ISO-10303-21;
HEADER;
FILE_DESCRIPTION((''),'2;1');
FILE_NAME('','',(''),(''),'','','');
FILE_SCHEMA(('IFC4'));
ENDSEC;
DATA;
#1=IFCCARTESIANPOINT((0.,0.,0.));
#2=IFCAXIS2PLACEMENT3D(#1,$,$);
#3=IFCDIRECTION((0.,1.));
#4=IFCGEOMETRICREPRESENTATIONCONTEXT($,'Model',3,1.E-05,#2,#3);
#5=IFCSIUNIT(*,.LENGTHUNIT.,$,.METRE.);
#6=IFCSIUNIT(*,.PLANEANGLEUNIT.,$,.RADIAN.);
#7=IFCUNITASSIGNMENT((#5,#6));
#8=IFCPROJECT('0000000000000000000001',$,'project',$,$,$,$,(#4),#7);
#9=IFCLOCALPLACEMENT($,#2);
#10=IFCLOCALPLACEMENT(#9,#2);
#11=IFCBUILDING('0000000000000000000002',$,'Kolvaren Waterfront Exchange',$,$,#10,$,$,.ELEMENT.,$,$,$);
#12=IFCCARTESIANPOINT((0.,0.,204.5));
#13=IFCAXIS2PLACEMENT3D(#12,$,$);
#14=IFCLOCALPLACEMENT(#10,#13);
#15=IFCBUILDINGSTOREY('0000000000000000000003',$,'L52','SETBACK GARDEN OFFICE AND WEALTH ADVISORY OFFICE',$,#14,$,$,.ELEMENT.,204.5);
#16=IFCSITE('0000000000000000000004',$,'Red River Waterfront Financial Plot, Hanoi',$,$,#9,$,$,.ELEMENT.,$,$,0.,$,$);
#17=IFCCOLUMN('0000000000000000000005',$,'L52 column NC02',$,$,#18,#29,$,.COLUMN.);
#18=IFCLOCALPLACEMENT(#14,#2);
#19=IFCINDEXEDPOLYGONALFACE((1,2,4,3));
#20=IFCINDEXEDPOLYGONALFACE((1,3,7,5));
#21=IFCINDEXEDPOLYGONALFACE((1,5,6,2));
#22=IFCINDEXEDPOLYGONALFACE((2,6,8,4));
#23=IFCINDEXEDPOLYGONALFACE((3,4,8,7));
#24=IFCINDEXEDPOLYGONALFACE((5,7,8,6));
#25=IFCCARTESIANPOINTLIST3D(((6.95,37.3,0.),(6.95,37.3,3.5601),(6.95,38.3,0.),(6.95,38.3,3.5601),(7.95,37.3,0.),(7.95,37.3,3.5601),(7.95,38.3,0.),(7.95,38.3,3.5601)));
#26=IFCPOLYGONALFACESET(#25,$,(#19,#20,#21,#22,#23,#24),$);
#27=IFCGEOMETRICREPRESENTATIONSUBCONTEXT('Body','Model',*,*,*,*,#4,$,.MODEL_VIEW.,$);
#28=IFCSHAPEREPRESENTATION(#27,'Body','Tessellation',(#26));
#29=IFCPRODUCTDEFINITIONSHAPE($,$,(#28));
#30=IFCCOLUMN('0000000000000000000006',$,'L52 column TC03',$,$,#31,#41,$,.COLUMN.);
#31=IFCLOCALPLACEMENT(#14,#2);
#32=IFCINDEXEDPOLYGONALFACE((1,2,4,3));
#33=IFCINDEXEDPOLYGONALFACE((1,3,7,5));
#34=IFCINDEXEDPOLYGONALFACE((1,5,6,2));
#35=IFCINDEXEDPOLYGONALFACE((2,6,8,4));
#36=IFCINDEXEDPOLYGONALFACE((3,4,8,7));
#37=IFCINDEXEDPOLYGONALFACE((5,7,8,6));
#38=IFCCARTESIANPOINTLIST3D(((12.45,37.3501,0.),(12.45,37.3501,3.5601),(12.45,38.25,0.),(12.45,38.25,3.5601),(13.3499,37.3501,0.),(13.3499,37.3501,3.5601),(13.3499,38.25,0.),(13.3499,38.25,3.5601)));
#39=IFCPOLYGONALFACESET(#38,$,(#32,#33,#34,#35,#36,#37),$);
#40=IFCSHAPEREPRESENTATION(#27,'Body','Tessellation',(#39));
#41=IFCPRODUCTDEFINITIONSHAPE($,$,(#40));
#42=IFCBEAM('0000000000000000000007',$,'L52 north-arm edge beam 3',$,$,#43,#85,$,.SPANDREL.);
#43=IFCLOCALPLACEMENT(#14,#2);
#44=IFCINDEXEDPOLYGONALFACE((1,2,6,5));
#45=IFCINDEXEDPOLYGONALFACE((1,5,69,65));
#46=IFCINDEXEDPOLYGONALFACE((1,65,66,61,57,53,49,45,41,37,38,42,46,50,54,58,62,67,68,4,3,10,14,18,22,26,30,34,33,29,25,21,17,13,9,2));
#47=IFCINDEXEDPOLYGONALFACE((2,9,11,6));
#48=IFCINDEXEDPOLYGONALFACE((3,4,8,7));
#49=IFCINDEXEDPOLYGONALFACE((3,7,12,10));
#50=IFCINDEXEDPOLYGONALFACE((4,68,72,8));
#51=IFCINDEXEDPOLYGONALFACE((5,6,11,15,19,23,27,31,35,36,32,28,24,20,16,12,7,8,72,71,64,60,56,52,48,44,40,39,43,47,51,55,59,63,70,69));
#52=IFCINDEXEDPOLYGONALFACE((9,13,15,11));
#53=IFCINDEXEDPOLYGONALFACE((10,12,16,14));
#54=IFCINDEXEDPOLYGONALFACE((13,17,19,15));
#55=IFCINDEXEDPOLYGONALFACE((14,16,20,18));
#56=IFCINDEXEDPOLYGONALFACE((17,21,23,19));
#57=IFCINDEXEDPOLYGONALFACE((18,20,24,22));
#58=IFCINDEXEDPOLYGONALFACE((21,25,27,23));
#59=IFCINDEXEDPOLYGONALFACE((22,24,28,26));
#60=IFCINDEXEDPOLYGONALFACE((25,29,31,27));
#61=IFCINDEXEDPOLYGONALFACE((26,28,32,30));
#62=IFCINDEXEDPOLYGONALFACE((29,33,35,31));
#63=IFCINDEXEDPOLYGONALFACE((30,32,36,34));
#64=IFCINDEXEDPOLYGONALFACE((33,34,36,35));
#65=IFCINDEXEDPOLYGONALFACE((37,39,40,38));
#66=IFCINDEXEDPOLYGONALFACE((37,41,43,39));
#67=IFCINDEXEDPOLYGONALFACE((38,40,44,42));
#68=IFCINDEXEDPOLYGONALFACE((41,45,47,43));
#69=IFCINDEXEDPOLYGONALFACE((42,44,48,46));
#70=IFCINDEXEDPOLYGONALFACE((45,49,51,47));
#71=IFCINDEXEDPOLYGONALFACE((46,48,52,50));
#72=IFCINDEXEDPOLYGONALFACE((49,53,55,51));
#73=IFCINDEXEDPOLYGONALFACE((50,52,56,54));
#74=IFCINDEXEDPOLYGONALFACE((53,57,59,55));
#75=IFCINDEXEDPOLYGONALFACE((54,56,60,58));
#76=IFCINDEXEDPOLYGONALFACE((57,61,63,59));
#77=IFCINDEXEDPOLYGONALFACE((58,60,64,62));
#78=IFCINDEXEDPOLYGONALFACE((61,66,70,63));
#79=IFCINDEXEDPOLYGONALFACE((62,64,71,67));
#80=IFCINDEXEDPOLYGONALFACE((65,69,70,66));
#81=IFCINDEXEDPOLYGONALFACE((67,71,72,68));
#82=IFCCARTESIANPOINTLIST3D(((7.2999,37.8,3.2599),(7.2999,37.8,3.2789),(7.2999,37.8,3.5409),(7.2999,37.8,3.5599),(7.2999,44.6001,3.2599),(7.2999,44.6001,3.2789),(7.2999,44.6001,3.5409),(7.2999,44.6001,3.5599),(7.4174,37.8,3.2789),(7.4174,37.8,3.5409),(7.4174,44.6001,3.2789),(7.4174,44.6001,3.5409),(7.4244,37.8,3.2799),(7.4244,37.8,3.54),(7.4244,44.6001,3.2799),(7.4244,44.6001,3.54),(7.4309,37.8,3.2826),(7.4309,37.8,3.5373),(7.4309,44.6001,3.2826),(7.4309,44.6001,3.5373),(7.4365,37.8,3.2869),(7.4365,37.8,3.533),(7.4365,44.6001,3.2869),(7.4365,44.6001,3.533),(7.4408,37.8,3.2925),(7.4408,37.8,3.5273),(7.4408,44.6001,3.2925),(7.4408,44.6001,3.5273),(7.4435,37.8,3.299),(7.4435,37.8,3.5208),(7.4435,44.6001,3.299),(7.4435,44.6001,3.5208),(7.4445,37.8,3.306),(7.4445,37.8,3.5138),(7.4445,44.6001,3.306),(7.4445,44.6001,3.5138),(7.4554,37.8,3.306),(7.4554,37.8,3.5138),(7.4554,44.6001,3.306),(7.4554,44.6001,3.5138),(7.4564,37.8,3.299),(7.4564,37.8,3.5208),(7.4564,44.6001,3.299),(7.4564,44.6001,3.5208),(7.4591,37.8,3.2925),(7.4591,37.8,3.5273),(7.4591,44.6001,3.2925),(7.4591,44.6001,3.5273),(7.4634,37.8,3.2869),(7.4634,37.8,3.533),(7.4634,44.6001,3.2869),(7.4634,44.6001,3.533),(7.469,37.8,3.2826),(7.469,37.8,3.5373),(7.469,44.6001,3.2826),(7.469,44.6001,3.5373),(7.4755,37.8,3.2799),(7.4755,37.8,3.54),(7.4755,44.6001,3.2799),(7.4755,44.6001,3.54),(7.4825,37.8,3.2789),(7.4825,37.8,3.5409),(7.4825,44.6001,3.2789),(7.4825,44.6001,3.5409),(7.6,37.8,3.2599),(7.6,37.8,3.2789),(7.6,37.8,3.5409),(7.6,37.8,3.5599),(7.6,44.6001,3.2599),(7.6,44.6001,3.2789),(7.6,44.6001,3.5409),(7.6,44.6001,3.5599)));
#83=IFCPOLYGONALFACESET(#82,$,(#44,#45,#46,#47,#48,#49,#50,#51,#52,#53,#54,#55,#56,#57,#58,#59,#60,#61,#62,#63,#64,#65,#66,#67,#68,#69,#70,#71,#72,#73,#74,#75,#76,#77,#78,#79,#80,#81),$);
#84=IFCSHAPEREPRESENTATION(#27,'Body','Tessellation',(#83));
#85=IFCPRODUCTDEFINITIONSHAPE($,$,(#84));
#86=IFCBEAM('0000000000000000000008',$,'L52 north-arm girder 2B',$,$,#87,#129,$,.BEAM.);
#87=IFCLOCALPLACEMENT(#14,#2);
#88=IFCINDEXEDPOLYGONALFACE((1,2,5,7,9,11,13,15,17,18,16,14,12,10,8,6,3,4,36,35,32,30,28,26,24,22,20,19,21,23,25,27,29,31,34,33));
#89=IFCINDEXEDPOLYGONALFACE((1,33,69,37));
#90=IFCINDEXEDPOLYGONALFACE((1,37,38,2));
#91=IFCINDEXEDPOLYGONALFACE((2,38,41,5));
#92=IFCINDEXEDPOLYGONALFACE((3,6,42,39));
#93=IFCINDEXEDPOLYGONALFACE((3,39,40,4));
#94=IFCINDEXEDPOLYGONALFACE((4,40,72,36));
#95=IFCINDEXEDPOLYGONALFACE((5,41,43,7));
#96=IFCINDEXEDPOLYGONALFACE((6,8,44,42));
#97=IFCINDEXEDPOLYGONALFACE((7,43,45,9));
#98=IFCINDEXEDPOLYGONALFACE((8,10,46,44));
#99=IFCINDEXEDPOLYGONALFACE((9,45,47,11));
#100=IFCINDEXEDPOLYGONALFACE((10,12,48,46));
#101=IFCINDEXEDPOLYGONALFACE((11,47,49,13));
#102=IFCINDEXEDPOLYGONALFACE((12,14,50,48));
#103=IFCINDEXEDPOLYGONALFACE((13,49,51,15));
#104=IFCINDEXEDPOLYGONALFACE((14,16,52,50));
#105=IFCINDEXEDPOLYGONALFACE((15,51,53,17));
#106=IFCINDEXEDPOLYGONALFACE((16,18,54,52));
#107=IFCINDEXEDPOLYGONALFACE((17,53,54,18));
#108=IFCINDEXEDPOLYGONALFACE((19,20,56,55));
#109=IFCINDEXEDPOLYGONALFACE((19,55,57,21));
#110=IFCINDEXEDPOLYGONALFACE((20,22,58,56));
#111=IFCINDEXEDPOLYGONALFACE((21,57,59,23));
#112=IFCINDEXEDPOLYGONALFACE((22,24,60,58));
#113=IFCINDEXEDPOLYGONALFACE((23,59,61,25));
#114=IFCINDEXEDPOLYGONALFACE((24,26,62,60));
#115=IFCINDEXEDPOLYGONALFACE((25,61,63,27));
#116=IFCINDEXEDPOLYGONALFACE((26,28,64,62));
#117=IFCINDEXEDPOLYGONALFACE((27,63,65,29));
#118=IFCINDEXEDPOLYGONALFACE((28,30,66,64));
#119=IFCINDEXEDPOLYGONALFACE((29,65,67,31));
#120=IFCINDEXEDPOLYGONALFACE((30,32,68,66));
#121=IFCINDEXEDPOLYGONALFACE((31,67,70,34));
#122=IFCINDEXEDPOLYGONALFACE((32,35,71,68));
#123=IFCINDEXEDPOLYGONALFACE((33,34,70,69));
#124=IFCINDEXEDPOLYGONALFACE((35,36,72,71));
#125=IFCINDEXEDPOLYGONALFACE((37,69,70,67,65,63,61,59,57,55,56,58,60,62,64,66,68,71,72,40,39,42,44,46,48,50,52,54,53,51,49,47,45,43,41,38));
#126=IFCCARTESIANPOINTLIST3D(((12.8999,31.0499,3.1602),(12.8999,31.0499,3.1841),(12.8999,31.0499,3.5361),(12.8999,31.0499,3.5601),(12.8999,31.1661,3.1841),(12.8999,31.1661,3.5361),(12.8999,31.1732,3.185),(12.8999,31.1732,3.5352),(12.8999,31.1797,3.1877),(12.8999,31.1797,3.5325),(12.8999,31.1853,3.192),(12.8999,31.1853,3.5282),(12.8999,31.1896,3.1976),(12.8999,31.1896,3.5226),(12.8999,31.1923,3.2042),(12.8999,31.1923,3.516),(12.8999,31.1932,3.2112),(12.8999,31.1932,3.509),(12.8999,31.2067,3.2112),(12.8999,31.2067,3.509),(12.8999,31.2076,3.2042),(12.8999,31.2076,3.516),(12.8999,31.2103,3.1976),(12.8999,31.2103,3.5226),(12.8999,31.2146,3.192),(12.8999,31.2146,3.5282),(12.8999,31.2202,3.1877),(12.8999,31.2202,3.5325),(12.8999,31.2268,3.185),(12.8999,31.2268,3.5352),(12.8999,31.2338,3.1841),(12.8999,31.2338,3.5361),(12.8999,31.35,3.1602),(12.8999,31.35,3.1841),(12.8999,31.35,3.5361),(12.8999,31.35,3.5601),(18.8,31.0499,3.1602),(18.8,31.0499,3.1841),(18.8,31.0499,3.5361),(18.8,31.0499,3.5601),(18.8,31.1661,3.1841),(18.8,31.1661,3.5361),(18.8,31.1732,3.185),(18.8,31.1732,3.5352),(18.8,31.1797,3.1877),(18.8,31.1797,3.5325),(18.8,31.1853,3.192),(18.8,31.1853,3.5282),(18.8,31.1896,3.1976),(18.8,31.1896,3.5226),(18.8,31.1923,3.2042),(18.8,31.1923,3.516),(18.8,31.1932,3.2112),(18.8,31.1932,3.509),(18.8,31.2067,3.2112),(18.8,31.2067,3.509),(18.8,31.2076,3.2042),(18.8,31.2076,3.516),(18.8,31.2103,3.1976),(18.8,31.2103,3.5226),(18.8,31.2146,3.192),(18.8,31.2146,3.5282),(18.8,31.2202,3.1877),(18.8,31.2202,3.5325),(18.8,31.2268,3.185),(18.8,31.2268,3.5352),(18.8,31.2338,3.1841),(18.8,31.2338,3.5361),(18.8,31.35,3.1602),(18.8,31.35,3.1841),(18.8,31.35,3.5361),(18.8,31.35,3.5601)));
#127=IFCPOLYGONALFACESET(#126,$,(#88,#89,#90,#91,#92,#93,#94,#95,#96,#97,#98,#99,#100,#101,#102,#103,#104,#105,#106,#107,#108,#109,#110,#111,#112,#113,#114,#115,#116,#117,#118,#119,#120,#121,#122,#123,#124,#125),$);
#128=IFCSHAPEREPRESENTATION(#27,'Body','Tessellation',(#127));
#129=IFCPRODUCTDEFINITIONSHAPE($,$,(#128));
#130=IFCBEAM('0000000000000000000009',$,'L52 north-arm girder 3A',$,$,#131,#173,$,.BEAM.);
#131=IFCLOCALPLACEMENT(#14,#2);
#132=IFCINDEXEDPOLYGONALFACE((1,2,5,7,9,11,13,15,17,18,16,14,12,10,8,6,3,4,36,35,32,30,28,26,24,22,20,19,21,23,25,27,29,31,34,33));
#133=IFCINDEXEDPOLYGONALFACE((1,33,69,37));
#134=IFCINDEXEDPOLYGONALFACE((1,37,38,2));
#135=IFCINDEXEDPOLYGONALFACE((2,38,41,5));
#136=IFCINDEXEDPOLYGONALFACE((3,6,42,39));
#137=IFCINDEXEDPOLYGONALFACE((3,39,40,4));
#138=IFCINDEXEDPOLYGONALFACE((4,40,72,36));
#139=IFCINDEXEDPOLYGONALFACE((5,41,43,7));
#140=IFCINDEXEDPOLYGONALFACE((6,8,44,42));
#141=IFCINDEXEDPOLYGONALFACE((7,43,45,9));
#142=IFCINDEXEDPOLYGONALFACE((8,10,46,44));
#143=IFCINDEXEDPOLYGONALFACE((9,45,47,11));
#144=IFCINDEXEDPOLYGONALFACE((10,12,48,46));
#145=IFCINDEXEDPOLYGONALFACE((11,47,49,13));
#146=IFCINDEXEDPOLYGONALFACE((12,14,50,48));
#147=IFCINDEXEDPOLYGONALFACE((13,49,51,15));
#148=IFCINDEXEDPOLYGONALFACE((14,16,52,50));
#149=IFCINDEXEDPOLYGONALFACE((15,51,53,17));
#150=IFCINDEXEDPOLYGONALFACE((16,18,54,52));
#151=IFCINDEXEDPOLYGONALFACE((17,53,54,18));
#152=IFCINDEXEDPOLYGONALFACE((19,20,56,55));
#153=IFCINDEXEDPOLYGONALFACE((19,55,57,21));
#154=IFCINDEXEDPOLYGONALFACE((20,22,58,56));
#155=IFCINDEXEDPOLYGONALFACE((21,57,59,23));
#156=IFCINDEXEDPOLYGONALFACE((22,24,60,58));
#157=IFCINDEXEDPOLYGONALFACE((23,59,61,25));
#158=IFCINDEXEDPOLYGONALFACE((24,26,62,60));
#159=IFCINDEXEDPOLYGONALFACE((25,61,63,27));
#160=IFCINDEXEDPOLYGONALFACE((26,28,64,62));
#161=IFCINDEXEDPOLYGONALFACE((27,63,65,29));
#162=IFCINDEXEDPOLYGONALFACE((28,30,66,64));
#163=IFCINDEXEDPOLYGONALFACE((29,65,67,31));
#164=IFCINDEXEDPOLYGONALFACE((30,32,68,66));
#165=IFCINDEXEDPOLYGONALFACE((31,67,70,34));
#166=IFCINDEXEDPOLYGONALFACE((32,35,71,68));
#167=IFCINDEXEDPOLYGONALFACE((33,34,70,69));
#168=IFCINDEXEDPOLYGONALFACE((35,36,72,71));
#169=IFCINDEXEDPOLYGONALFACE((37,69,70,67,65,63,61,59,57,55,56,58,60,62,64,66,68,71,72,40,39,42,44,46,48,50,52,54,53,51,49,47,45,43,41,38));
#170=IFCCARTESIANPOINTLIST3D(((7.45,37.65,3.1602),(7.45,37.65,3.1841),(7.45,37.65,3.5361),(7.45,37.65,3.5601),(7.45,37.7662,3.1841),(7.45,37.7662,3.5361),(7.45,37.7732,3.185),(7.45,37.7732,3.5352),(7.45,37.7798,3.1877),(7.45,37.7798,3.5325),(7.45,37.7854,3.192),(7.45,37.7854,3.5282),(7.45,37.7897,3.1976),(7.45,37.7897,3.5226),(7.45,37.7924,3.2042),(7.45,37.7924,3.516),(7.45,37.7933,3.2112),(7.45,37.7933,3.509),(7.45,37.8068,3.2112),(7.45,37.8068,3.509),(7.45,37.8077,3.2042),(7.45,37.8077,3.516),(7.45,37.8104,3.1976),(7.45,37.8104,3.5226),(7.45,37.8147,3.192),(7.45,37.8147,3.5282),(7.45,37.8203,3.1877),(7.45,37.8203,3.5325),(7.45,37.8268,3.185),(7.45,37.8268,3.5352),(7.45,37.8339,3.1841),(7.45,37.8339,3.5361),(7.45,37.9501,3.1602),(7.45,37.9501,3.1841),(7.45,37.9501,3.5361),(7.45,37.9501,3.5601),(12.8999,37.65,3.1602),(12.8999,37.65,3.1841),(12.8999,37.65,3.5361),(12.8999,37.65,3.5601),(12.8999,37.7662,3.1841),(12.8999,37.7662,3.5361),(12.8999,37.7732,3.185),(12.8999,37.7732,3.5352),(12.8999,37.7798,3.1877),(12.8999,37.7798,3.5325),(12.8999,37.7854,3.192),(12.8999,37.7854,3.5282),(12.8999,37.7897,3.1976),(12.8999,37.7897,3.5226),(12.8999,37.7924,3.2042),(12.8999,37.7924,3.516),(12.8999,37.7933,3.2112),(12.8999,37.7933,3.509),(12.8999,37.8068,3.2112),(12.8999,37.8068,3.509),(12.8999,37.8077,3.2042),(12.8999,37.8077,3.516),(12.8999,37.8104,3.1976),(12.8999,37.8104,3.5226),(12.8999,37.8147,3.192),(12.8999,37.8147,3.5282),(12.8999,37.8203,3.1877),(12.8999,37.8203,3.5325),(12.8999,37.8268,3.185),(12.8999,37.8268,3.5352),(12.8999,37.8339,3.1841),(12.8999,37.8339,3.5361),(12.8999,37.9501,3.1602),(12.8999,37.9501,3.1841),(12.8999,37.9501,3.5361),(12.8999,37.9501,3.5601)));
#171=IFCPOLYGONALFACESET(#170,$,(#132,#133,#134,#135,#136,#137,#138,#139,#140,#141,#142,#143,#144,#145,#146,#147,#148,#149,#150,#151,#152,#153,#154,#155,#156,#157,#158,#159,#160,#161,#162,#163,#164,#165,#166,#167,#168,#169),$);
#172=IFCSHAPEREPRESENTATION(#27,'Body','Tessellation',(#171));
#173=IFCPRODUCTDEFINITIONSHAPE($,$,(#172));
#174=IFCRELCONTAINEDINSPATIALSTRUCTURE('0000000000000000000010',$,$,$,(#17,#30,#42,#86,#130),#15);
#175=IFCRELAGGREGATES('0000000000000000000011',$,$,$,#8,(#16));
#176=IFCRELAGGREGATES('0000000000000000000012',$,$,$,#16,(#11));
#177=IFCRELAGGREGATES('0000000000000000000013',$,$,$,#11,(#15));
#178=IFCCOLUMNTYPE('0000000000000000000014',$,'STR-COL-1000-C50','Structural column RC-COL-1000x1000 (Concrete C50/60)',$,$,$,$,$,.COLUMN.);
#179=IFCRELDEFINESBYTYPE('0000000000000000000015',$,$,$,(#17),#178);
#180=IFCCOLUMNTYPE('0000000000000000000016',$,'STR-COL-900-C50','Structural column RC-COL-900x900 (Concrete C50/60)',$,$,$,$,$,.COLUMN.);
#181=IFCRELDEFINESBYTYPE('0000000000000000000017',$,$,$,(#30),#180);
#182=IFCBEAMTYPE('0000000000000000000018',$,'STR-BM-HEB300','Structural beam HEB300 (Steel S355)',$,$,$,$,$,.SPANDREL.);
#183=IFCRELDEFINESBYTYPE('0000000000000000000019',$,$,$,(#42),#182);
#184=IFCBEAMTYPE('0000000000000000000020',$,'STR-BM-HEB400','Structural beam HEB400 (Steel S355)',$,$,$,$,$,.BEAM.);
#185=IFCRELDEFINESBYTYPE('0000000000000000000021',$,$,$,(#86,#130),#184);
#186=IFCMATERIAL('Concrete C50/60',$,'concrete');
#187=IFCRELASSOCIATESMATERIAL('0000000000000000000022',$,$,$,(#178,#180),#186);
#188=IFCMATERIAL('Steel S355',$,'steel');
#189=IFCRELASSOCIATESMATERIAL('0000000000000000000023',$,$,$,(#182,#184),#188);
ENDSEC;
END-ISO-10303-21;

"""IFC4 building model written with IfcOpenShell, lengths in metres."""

from ifc_helpers import new_model, si_unit, direction, frame, origin, origin_2d, place, context, subcontext, project, spatial, rectangle, i_section, extrude, material, material_profile, profile_set, type_object, element, save


model = new_model("IFC4")

# Units and contexts
model_context = context("Model", 3, precision=1e-05, world=origin(), true_north=direction((0.0, 1.0)))
body_context = subcontext(model_context, "Body", "Model", "MODEL_VIEW")
ifc_project = project(units=[si_unit("LENGTHUNIT", "METRE"), si_unit("PLANEANGLEUNIT", "RADIAN")], contexts=[model_context])

# Site, building, storey
site_placement = place(None, origin())
site = spatial("IfcSite", under=ifc_project, at=site_placement, Name="Red River Waterfront Financial Plot, Hanoi", CompositionType="ELEMENT", RefElevation=0.0)
building_placement = place(site_placement, origin())
building = spatial("IfcBuilding", under=site, at=building_placement, Name="Kolvaren Waterfront Exchange", CompositionType="ELEMENT")
storey_placement = place(building_placement, frame((0.0, 0.0, 204.5)))
storey = spatial("IfcBuildingStorey", under=building, at=storey_placement, Name="L52", Description="SETBACK GARDEN OFFICE AND WEALTH ADVISORY OFFICE", CompositionType="ELEMENT", Elevation=204.5)

# Columns
ifc_material_1 = material(Name="Concrete C50/60", Category="concrete")
ifc_material_profile_1 = material_profile(ifc_material_1, rectangle(XDim=1.0, YDim=1.0, at=origin_2d()), Name="RC-COL-1000x1000")
ifc_profile_set_1 = profile_set([ifc_material_profile_1], Name="Concrete C50/60")
column_type_1 = type_object("IfcColumnType", Name="STR-COL-1000-C50", Description="Structural column RC-COL-1000x1000 (Concrete C50/60)", PredefinedType="COLUMN", material=ifc_profile_set_1)
column_1_placement = place(storey_placement, frame((7.45, 37.8, 0.0), z_axis=(0.0, 0.0, 1.0), x_axis=(1.0, 0.0, 0.0)))
element("IfcColumn", 1, at=column_1_placement, inside=storey, type_object=column_type_1, Name="L52 column NC02", PredefinedType="COLUMN", context=body_context, shape_type="SweptSolid", body=[
    extrude(rectangle(XDim=1.0, YDim=1.0, at=origin_2d()), origin(), (0.0, 0.0, 1.0), 3.5601),
])
ifc_material_profile_2 = material_profile(ifc_material_1, rectangle(XDim=0.8999, YDim=0.8999, at=origin_2d()), Name="RC-COL-900x900")
ifc_profile_set_2 = profile_set([ifc_material_profile_2], Name="Concrete C50/60")
column_type_2 = type_object("IfcColumnType", Name="STR-COL-900-C50", Description="Structural column RC-COL-900x900 (Concrete C50/60)", PredefinedType="COLUMN", material=ifc_profile_set_2)
column_2_placement = place(storey_placement, frame((12.8999, 37.8, 0.0), z_axis=(0.0, 0.0, 1.0), x_axis=(1.0, 0.0, 0.0)))
element("IfcColumn", 2, at=column_2_placement, inside=storey, type_object=column_type_2, Name="L52 column TC03", PredefinedType="COLUMN", context=body_context, shape_type="SweptSolid", body=[
    extrude(rectangle(XDim=0.8999, YDim=0.8999, at=origin_2d()), origin(), (0.0, 0.0, 1.0), 3.5601),
])

# Beams
ifc_material_2 = material(Name="Steel S355", Category="steel")
ifc_material_profile_3 = material_profile(ifc_material_2, i_section(OverallWidth=0.3, OverallDepth=0.3, WebThickness=0.011, FlangeThickness=0.019, FilletRadius=0.0271, at=origin_2d()), Name="HEB300")
ifc_profile_set_3 = profile_set([ifc_material_profile_3], Name="Steel S355")
beam_type_1 = type_object("IfcBeamType", Name="STR-BM-HEB300", Description="Structural beam HEB300 (Steel S355)", PredefinedType="SPANDREL", material=ifc_profile_set_3)
beam_1_placement = place(storey_placement, frame((7.45, 37.8, 3.4099), z_axis=(0.0, 1.0, 0.0), x_axis=(-1.0, 0.0, 0.0)))
element("IfcBeam", 3, at=beam_1_placement, inside=storey, type_object=beam_type_1, Name="L52 north-arm edge beam 3", PredefinedType="SPANDREL", context=body_context, shape_type="SweptSolid", body=[
    extrude(i_section(OverallWidth=0.3, OverallDepth=0.3, WebThickness=0.011, FlangeThickness=0.019, FilletRadius=0.0271, at=origin_2d()), origin(), (0.0, 0.0, 1.0), 6.8),
])
ifc_material_profile_4 = material_profile(ifc_material_2, i_section(OverallWidth=0.3, OverallDepth=0.3999, WebThickness=0.0134, FlangeThickness=0.0239, FilletRadius=0.0271, at=origin_2d()), Name="HEB400")
ifc_profile_set_4 = profile_set([ifc_material_profile_4], Name="Steel S355")
beam_type_2 = type_object("IfcBeamType", Name="STR-BM-HEB400", Description="Structural beam HEB400 (Steel S355)", PredefinedType="BEAM", material=ifc_profile_set_4)
beam_2_placement = place(storey_placement, frame((12.8999, 31.2, 3.3601), z_axis=(1.0, 0.0, 0.0), x_axis=(0.0, 1.0, 0.0)))
element("IfcBeam", 4, at=beam_2_placement, inside=storey, type_object=beam_type_2, Name="L52 north-arm girder 2B", PredefinedType="BEAM", context=body_context, shape_type="SweptSolid", body=[
    extrude(i_section(OverallWidth=0.3, OverallDepth=0.3999, WebThickness=0.0134, FlangeThickness=0.0239, FilletRadius=0.0271, at=origin_2d()), origin(), (0.0, 0.0, 1.0), 5.9001),
])
beam_3_placement = place(storey_placement, frame((7.45, 37.8, 3.3601), z_axis=(1.0, 0.0, 0.0), x_axis=(0.0, 1.0, 0.0)))
element("IfcBeam", 5, at=beam_3_placement, inside=storey, type_object=beam_type_2, Name="L52 north-arm girder 3A", PredefinedType="BEAM", context=body_context, shape_type="SweptSolid", body=[
    extrude(i_section(OverallWidth=0.3, OverallDepth=0.3999, WebThickness=0.0134, FlangeThickness=0.0239, FilletRadius=0.0271, at=origin_2d()), origin(), (0.0, 0.0, 1.0), 5.45),
])

save(model, "model.ifc")
